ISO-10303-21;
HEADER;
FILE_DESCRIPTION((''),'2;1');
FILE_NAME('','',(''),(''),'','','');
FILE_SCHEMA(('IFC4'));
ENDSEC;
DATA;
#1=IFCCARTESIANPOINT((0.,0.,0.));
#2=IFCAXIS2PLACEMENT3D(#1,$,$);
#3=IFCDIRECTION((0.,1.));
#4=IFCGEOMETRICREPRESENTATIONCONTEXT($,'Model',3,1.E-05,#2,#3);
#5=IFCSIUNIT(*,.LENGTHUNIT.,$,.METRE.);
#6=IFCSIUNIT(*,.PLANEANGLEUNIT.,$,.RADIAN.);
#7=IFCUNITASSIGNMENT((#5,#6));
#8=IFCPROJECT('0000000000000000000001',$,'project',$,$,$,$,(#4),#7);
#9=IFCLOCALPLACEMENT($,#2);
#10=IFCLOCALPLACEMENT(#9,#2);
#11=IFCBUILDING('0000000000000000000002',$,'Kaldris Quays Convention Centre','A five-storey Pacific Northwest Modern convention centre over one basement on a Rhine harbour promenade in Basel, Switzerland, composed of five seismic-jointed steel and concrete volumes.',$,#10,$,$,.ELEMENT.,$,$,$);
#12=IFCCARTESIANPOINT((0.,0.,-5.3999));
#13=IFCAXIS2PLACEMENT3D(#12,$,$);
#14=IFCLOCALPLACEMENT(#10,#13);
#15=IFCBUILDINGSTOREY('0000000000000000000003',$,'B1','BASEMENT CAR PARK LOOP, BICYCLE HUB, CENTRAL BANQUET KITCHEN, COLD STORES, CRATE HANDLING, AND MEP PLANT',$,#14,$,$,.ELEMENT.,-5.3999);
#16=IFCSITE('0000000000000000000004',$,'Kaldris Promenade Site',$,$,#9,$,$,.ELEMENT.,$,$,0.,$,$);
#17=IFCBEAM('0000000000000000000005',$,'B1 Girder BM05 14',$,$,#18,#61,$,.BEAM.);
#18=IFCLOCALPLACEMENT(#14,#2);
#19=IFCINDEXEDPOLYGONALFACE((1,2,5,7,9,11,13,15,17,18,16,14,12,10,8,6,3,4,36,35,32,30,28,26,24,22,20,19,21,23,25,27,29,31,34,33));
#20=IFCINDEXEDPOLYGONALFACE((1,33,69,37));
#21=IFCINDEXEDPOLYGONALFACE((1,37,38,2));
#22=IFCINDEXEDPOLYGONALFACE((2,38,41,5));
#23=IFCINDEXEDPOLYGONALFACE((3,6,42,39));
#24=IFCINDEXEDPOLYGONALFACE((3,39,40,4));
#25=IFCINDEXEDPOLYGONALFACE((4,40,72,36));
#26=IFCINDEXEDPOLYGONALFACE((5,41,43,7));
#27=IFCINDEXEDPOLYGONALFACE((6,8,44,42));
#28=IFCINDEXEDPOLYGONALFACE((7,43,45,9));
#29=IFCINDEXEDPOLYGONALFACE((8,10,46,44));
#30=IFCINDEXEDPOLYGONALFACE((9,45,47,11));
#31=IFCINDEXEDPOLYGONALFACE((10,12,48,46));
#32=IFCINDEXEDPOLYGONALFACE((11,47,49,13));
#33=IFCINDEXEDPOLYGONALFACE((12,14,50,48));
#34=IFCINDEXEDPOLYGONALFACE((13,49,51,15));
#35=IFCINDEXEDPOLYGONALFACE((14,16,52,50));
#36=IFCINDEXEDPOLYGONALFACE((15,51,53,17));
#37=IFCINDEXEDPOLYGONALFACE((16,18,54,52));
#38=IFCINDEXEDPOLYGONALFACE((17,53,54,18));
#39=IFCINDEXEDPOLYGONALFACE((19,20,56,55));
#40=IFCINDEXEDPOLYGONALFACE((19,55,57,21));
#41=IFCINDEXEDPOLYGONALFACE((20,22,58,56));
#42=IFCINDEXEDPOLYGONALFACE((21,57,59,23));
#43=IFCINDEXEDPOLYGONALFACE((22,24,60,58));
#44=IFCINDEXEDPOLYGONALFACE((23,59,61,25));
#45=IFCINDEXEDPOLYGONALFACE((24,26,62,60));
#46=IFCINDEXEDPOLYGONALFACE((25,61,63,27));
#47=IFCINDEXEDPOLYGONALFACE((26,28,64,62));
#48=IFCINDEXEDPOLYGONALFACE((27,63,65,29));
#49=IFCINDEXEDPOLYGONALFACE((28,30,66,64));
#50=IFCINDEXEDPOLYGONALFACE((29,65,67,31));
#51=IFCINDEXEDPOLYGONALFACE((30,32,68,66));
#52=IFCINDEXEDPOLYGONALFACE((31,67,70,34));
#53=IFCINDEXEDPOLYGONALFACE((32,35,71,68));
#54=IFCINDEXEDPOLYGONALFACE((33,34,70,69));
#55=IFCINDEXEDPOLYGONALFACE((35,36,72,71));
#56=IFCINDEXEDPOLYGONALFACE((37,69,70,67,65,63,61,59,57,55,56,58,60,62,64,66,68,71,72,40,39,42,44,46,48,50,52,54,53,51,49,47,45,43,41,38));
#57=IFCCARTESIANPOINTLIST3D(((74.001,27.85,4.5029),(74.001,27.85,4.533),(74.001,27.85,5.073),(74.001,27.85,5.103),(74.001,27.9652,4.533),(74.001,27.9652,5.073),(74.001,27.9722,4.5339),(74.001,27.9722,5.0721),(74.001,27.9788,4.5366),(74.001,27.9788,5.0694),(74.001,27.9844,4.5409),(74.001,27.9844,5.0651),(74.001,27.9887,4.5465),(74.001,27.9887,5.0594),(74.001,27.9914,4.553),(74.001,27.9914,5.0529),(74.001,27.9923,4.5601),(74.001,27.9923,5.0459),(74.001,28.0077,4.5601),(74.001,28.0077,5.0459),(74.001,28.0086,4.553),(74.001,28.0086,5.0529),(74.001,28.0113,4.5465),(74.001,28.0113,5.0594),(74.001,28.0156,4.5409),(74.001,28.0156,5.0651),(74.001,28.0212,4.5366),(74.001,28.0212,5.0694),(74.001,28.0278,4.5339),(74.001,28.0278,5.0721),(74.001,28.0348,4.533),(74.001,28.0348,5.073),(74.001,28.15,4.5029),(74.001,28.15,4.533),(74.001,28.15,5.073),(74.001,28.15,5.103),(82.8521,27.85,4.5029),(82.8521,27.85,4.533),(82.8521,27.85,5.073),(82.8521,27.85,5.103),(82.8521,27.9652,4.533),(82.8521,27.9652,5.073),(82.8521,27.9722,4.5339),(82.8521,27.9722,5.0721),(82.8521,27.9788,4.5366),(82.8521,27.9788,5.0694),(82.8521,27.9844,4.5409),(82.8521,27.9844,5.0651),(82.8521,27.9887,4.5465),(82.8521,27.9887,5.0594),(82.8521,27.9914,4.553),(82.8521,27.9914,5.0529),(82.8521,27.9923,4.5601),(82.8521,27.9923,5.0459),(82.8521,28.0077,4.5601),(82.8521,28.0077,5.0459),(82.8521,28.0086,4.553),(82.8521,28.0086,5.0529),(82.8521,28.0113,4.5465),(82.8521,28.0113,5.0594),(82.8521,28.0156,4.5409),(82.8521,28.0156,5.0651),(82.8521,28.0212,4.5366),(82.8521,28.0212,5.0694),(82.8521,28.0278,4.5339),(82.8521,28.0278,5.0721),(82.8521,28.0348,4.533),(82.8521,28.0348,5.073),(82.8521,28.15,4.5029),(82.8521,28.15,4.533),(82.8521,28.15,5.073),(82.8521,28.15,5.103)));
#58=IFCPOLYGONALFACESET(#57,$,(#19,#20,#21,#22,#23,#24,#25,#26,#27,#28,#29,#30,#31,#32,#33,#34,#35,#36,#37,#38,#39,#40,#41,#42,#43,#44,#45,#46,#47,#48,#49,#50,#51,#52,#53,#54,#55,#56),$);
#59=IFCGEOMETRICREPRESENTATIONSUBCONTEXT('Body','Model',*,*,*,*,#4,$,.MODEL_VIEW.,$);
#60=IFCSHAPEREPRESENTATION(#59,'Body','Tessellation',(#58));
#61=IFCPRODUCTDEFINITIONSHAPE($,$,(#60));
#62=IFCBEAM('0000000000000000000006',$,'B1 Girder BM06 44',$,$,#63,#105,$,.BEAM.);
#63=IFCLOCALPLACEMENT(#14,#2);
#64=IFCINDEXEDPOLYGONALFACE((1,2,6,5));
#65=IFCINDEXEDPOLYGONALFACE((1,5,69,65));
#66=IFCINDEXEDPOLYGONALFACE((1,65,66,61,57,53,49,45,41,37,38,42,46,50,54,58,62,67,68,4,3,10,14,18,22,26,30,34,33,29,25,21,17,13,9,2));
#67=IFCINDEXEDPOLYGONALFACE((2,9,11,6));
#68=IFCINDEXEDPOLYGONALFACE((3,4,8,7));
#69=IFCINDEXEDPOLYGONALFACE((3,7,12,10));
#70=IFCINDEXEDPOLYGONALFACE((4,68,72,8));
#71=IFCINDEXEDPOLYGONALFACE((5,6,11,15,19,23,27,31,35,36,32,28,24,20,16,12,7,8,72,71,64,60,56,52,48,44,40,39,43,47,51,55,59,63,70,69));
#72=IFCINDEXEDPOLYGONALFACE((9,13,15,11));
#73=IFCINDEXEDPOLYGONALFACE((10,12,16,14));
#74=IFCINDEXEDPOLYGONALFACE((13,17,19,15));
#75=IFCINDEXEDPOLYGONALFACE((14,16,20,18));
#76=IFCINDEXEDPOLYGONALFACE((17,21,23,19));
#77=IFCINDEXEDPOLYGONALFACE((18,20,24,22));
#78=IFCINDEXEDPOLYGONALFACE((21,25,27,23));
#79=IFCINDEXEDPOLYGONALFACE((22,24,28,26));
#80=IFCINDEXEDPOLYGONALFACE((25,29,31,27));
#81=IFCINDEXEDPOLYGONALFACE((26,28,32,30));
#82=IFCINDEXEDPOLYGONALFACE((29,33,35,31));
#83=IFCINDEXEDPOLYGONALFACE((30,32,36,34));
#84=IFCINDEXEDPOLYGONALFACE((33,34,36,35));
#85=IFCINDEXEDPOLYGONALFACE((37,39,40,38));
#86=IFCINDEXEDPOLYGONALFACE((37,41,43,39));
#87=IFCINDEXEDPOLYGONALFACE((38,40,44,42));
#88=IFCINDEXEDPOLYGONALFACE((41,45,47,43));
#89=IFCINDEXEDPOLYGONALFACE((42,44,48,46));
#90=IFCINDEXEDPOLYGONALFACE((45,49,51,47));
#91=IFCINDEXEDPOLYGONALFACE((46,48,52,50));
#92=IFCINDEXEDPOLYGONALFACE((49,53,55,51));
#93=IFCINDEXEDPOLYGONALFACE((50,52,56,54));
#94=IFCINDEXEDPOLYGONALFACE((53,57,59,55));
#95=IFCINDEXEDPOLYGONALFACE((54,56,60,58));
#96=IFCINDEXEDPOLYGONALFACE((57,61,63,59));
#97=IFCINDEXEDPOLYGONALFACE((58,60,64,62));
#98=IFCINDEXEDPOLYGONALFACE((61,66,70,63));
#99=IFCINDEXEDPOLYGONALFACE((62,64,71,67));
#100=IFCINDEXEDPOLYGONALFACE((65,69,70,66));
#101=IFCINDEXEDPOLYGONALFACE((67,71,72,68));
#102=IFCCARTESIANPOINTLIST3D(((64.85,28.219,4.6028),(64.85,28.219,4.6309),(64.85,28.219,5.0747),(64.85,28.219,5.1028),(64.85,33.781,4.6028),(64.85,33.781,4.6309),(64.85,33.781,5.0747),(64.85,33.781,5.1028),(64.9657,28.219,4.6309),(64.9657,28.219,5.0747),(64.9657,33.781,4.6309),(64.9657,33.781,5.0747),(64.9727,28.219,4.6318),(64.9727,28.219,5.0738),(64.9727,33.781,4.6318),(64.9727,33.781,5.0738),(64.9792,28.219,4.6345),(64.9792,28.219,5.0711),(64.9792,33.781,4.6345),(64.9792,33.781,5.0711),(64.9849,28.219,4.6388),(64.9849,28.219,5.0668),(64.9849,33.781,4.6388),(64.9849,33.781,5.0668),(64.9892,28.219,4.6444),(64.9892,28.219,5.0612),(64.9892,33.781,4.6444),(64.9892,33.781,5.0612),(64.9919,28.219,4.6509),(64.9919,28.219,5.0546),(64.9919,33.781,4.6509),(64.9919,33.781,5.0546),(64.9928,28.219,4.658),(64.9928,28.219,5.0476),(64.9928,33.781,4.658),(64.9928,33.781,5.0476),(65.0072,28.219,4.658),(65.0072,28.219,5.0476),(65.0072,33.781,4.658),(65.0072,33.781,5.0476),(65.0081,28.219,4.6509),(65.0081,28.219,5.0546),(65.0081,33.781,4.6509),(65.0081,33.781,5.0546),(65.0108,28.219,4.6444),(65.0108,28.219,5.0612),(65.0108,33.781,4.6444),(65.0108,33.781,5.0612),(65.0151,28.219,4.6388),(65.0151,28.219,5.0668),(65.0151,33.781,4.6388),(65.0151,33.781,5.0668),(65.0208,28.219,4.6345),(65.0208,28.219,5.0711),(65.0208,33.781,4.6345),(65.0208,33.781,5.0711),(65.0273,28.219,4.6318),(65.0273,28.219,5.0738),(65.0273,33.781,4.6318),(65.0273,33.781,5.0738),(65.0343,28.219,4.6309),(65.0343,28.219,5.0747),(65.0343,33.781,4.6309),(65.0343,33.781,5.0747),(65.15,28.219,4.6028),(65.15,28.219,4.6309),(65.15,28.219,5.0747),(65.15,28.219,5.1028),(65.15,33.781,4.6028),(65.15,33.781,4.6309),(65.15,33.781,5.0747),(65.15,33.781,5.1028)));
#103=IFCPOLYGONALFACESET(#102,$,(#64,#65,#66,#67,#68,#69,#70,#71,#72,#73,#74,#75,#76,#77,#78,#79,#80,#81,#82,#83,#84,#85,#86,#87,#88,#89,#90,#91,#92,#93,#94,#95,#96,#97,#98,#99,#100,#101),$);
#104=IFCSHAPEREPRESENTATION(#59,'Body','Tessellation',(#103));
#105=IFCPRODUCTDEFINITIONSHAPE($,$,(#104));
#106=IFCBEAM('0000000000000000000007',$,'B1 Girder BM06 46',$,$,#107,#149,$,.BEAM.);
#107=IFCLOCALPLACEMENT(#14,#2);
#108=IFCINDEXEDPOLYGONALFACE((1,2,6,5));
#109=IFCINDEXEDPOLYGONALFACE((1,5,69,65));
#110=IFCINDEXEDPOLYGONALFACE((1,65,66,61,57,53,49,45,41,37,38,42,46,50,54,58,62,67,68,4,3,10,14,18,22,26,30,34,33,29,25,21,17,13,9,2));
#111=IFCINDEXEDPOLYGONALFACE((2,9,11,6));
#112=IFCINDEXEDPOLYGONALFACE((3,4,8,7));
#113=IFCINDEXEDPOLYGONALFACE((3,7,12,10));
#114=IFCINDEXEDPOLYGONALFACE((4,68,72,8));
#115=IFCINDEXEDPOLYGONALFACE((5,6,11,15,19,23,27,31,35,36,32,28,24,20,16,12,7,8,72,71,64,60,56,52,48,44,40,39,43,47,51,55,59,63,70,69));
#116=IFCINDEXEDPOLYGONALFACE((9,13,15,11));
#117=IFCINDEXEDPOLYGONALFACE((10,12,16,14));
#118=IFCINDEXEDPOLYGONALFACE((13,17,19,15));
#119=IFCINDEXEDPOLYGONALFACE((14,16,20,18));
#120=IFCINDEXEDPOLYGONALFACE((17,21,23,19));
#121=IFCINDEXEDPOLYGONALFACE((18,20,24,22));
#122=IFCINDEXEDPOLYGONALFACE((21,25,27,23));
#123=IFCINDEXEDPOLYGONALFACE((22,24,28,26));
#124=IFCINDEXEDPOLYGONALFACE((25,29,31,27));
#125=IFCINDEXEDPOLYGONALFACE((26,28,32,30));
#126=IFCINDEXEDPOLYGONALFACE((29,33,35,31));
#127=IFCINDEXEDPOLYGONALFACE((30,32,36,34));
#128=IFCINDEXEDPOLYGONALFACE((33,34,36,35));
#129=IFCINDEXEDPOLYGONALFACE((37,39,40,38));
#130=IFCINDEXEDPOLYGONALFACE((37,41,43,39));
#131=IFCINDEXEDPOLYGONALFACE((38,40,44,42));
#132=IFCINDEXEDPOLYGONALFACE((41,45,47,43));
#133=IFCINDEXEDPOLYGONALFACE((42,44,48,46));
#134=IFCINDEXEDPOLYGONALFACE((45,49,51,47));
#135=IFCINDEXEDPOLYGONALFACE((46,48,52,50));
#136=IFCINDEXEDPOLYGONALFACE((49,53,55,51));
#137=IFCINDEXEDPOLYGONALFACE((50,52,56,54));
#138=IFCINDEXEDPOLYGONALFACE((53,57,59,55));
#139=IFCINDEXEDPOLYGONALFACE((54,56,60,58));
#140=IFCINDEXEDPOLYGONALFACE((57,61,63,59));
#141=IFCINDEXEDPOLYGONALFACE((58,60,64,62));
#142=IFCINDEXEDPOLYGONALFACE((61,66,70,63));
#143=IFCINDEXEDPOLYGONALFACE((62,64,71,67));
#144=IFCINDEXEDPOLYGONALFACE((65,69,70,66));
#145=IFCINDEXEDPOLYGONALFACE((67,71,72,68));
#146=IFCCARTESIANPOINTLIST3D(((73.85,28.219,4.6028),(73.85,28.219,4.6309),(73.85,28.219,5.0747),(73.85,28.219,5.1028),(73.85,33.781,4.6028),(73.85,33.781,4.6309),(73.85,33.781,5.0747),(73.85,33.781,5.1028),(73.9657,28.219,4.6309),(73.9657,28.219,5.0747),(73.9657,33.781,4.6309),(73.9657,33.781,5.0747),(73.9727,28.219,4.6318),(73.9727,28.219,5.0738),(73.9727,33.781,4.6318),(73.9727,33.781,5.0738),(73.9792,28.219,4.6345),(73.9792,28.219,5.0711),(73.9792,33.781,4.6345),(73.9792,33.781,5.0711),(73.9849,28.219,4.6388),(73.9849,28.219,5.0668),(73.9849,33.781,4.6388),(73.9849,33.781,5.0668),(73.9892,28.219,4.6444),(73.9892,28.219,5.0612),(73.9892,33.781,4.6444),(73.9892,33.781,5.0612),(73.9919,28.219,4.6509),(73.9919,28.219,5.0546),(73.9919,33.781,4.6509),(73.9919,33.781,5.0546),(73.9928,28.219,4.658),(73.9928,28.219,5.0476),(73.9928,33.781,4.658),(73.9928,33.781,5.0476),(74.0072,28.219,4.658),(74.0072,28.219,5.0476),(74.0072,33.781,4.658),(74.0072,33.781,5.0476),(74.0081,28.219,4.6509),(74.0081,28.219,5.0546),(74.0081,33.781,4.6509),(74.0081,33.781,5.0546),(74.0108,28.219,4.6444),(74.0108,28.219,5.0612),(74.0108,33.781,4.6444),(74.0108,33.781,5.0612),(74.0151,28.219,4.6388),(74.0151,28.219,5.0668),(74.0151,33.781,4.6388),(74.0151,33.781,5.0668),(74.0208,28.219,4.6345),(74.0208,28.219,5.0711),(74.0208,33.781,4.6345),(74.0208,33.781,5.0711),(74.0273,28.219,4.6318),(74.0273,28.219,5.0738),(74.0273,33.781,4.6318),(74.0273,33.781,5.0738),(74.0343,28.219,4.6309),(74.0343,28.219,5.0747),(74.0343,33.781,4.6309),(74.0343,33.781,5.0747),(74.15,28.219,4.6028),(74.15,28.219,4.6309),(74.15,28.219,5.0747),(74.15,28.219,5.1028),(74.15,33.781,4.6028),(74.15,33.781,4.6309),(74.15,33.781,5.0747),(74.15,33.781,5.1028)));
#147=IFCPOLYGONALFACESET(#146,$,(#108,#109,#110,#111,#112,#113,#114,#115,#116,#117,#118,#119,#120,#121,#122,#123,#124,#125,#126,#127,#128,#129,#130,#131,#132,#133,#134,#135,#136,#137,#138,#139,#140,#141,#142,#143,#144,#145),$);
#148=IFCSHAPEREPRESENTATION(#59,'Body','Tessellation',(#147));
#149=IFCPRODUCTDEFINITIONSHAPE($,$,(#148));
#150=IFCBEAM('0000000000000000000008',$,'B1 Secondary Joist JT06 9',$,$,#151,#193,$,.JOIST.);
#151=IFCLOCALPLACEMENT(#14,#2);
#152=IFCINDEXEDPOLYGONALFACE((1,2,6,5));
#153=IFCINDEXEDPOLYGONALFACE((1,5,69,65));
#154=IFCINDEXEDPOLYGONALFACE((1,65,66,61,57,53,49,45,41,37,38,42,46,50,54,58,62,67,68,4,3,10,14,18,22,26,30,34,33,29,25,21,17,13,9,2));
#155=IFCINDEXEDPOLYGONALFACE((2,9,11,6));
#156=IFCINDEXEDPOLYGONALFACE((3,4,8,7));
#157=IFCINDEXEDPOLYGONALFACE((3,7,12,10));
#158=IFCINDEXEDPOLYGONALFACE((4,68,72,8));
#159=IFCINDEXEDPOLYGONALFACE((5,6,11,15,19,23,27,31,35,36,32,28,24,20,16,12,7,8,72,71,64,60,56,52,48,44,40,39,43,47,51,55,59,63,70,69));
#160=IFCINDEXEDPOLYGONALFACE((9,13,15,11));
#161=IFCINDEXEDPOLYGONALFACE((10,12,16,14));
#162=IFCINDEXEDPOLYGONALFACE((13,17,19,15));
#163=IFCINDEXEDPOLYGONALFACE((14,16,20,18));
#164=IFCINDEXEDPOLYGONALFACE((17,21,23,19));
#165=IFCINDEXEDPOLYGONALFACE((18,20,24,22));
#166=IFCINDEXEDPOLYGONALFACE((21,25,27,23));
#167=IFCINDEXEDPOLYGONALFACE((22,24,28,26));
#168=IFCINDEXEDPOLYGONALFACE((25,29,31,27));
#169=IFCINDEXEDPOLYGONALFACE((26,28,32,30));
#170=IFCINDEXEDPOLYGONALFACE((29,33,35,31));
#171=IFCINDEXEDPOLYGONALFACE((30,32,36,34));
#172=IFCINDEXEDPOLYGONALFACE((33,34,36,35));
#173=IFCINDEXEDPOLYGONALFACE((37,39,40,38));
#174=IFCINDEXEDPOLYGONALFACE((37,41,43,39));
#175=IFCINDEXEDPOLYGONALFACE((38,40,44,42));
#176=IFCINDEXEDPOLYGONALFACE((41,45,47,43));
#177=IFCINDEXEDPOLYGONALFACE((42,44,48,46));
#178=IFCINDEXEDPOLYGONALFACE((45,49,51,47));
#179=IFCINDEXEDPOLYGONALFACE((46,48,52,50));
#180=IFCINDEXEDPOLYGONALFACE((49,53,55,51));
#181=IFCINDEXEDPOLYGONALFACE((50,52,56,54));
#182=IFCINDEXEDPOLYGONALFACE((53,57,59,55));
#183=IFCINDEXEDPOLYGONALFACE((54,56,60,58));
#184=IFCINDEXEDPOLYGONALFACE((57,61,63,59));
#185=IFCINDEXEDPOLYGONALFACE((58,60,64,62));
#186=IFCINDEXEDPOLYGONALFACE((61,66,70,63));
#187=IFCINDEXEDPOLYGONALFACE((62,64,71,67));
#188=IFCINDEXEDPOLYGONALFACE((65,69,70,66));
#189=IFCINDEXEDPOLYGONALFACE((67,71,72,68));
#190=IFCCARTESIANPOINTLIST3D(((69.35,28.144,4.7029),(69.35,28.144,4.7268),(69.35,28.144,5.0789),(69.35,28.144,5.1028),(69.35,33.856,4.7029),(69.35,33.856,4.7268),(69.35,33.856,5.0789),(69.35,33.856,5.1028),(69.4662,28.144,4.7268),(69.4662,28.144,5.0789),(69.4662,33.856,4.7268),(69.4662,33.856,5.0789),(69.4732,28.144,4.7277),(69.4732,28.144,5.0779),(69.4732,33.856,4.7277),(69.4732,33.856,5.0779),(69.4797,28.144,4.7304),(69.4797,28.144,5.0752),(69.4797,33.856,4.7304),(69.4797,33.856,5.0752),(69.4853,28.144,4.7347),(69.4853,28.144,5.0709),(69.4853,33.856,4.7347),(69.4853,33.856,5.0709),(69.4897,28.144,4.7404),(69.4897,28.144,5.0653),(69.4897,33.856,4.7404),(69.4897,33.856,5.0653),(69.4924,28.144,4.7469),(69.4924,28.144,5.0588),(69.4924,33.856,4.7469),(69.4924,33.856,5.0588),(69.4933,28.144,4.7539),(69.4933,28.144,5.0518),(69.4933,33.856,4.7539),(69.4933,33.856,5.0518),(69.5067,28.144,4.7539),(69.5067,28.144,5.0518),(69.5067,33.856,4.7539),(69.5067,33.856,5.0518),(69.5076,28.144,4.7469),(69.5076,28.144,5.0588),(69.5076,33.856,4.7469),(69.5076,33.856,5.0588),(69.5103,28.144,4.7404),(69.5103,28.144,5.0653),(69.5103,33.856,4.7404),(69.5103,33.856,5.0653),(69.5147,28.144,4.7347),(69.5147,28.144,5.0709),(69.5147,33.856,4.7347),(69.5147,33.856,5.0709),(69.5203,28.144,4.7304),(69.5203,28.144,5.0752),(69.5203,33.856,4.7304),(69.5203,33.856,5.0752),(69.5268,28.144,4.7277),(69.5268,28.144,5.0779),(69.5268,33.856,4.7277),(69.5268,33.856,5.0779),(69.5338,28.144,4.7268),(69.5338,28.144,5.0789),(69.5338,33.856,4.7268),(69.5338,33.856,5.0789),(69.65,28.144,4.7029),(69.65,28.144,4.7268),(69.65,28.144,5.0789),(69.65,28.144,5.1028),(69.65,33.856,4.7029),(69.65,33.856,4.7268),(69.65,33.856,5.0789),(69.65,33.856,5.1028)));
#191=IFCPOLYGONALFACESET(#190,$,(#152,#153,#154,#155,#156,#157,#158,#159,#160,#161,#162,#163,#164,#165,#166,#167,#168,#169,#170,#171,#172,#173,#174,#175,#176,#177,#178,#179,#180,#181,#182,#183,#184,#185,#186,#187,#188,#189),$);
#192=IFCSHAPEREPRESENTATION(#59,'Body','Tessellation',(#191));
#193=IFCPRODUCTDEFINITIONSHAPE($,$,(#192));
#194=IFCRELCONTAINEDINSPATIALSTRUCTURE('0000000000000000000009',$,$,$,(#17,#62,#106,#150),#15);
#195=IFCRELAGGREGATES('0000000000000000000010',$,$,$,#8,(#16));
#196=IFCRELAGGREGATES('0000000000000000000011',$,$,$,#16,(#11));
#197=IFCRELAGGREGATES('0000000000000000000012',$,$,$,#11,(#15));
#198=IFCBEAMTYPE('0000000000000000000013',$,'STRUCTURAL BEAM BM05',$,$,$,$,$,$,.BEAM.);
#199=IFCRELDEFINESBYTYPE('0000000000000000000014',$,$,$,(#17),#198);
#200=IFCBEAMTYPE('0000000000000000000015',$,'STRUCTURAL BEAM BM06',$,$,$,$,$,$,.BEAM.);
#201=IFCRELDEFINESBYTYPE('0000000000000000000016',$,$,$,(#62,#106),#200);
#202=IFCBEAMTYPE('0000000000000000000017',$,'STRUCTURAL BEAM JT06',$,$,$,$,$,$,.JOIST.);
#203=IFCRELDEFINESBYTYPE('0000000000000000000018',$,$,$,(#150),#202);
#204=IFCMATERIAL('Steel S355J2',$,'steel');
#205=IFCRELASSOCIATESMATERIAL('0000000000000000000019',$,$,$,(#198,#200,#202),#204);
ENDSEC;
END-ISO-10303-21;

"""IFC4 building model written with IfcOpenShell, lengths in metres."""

from ifc_helpers import new_model, si_unit, direction, frame, origin, origin_2d, place, context, subcontext, project, spatial, i_section, extrude, material, material_profile, profile_set, type_object, element, save


model = new_model("IFC4")

# Units and contexts
model_context = context("Model", 3, precision=1e-05, world=origin(), true_north=direction((0.0, 1.0)))
body_context = subcontext(model_context, "Body", "Model", "MODEL_VIEW")
ifc_project = project(units=[si_unit("LENGTHUNIT", "METRE"), si_unit("PLANEANGLEUNIT", "RADIAN")], contexts=[model_context])

# Site, building, storey
site_placement = place(None, origin())
site = spatial("IfcSite", under=ifc_project, at=site_placement, Name="Kaldris Promenade Site", CompositionType="ELEMENT", RefElevation=0.0)
building_placement = place(site_placement, origin())
building = spatial("IfcBuilding", under=site, at=building_placement, Name="Kaldris Quays Convention Centre", Description="A five-storey Pacific Northwest Modern convention centre over one basement on a Rhine harbour promenade in Basel, Switzerland, composed of five seismic-jointed steel and concrete volumes.", CompositionType="ELEMENT")
storey_placement = place(building_placement, frame((0.0, 0.0, -5.3999)))
storey = spatial("IfcBuildingStorey", under=building, at=storey_placement, Name="B1", Description="BASEMENT CAR PARK LOOP, BICYCLE HUB, CENTRAL BANQUET KITCHEN, COLD STORES, CRATE HANDLING, AND MEP PLANT", CompositionType="ELEMENT", Elevation=-5.3999)

# Shared definitions
ifc_material_1 = material(Name="Steel S355J2", Category="steel")

# Beams
ifc_material_profile_1 = material_profile(ifc_material_1, i_section(OverallWidth=0.3, OverallDepth=0.6001, WebThickness=0.0154, FlangeThickness=0.03, FilletRadius=0.0271, at=origin_2d()), Name="HEB 600")
ifc_profile_set_1 = profile_set([ifc_material_profile_1], Name="Steel S355J2")
beam_type_1 = type_object("IfcBeamType", Name="STRUCTURAL BEAM BM05", PredefinedType="BEAM", material=ifc_profile_set_1)
beam_1_placement = place(storey_placement, frame((74.001, 28.0, 4.803), z_axis=(1.0, 0.0, 0.0), x_axis=(0.0, 1.0, 0.0)))
element("IfcBeam", 1, at=beam_1_placement, inside=storey, type_object=beam_type_1, Name="B1 Girder BM05 14", PredefinedType="BEAM", context=body_context, shape_type="SweptSolid", body=[
    extrude(i_section(OverallWidth=0.3, OverallDepth=0.6001, WebThickness=0.0154, FlangeThickness=0.03, FilletRadius=0.0271, at=origin_2d()), origin(), (0.0, 0.0, 1.0), 8.8511),
])
ifc_material_profile_2 = material_profile(ifc_material_1, i_section(OverallWidth=0.3, OverallDepth=0.5, WebThickness=0.0144, FlangeThickness=0.0281, FilletRadius=0.0271, at=origin_2d()), Name="HEB 500")
ifc_profile_set_2 = profile_set([ifc_material_profile_2], Name="Steel S355J2")
beam_type_2 = type_object("IfcBeamType", Name="STRUCTURAL BEAM BM06", PredefinedType="BEAM", material=ifc_profile_set_2)
for number, where, z_axis, x_axis, name in (
    (2, (65.0, 28.219, 4.8528), (0.0, 1.0, 0.0), (-1.0, 0.0, 0.0), "B1 Girder BM06 44"),
    (3, (74.0, 28.219, 4.8528), (0.0, 1.0, 0.0), (-1.0, 0.0, 0.0), "B1 Girder BM06 46"),
):
    element("IfcBeam", number, at=place(storey_placement, frame(where, z_axis=z_axis, x_axis=x_axis)), inside=storey, type_object=beam_type_2, Name=name, PredefinedType="BEAM", context=body_context, shape_type="SweptSolid", body=[
        extrude(i_section(OverallWidth=0.3, OverallDepth=0.5, WebThickness=0.0144, FlangeThickness=0.0281, FilletRadius=0.0271, at=origin_2d()), origin(), (0.0, 0.0, 1.0), 5.562),
    ])
ifc_material_profile_3 = material_profile(ifc_material_1, i_section(OverallWidth=0.3, OverallDepth=0.3999, WebThickness=0.0134, FlangeThickness=0.0239, FilletRadius=0.0271, at=origin_2d()), Name="HEB 400")
ifc_profile_set_3 = profile_set([ifc_material_profile_3], Name="Steel S355J2")
beam_type_3 = type_object("IfcBeamType", Name="STRUCTURAL BEAM JT06", PredefinedType="JOIST", material=ifc_profile_set_3)
beam_2_placement = place(storey_placement, frame((69.5, 28.144, 4.9028), z_axis=(0.0, 1.0, 0.0), x_axis=(-1.0, 0.0, 0.0)))
element("IfcBeam", 4, at=beam_2_placement, inside=storey, type_object=beam_type_3, Name="B1 Secondary Joist JT06 9", PredefinedType="JOIST", context=body_context, shape_type="SweptSolid", body=[
    extrude(i_section(OverallWidth=0.3, OverallDepth=0.3999, WebThickness=0.0134, FlangeThickness=0.0239, FilletRadius=0.0271, at=origin_2d()), origin(), (0.0, 0.0, 1.0), 5.7119),
])

save(model, "model.ifc")
